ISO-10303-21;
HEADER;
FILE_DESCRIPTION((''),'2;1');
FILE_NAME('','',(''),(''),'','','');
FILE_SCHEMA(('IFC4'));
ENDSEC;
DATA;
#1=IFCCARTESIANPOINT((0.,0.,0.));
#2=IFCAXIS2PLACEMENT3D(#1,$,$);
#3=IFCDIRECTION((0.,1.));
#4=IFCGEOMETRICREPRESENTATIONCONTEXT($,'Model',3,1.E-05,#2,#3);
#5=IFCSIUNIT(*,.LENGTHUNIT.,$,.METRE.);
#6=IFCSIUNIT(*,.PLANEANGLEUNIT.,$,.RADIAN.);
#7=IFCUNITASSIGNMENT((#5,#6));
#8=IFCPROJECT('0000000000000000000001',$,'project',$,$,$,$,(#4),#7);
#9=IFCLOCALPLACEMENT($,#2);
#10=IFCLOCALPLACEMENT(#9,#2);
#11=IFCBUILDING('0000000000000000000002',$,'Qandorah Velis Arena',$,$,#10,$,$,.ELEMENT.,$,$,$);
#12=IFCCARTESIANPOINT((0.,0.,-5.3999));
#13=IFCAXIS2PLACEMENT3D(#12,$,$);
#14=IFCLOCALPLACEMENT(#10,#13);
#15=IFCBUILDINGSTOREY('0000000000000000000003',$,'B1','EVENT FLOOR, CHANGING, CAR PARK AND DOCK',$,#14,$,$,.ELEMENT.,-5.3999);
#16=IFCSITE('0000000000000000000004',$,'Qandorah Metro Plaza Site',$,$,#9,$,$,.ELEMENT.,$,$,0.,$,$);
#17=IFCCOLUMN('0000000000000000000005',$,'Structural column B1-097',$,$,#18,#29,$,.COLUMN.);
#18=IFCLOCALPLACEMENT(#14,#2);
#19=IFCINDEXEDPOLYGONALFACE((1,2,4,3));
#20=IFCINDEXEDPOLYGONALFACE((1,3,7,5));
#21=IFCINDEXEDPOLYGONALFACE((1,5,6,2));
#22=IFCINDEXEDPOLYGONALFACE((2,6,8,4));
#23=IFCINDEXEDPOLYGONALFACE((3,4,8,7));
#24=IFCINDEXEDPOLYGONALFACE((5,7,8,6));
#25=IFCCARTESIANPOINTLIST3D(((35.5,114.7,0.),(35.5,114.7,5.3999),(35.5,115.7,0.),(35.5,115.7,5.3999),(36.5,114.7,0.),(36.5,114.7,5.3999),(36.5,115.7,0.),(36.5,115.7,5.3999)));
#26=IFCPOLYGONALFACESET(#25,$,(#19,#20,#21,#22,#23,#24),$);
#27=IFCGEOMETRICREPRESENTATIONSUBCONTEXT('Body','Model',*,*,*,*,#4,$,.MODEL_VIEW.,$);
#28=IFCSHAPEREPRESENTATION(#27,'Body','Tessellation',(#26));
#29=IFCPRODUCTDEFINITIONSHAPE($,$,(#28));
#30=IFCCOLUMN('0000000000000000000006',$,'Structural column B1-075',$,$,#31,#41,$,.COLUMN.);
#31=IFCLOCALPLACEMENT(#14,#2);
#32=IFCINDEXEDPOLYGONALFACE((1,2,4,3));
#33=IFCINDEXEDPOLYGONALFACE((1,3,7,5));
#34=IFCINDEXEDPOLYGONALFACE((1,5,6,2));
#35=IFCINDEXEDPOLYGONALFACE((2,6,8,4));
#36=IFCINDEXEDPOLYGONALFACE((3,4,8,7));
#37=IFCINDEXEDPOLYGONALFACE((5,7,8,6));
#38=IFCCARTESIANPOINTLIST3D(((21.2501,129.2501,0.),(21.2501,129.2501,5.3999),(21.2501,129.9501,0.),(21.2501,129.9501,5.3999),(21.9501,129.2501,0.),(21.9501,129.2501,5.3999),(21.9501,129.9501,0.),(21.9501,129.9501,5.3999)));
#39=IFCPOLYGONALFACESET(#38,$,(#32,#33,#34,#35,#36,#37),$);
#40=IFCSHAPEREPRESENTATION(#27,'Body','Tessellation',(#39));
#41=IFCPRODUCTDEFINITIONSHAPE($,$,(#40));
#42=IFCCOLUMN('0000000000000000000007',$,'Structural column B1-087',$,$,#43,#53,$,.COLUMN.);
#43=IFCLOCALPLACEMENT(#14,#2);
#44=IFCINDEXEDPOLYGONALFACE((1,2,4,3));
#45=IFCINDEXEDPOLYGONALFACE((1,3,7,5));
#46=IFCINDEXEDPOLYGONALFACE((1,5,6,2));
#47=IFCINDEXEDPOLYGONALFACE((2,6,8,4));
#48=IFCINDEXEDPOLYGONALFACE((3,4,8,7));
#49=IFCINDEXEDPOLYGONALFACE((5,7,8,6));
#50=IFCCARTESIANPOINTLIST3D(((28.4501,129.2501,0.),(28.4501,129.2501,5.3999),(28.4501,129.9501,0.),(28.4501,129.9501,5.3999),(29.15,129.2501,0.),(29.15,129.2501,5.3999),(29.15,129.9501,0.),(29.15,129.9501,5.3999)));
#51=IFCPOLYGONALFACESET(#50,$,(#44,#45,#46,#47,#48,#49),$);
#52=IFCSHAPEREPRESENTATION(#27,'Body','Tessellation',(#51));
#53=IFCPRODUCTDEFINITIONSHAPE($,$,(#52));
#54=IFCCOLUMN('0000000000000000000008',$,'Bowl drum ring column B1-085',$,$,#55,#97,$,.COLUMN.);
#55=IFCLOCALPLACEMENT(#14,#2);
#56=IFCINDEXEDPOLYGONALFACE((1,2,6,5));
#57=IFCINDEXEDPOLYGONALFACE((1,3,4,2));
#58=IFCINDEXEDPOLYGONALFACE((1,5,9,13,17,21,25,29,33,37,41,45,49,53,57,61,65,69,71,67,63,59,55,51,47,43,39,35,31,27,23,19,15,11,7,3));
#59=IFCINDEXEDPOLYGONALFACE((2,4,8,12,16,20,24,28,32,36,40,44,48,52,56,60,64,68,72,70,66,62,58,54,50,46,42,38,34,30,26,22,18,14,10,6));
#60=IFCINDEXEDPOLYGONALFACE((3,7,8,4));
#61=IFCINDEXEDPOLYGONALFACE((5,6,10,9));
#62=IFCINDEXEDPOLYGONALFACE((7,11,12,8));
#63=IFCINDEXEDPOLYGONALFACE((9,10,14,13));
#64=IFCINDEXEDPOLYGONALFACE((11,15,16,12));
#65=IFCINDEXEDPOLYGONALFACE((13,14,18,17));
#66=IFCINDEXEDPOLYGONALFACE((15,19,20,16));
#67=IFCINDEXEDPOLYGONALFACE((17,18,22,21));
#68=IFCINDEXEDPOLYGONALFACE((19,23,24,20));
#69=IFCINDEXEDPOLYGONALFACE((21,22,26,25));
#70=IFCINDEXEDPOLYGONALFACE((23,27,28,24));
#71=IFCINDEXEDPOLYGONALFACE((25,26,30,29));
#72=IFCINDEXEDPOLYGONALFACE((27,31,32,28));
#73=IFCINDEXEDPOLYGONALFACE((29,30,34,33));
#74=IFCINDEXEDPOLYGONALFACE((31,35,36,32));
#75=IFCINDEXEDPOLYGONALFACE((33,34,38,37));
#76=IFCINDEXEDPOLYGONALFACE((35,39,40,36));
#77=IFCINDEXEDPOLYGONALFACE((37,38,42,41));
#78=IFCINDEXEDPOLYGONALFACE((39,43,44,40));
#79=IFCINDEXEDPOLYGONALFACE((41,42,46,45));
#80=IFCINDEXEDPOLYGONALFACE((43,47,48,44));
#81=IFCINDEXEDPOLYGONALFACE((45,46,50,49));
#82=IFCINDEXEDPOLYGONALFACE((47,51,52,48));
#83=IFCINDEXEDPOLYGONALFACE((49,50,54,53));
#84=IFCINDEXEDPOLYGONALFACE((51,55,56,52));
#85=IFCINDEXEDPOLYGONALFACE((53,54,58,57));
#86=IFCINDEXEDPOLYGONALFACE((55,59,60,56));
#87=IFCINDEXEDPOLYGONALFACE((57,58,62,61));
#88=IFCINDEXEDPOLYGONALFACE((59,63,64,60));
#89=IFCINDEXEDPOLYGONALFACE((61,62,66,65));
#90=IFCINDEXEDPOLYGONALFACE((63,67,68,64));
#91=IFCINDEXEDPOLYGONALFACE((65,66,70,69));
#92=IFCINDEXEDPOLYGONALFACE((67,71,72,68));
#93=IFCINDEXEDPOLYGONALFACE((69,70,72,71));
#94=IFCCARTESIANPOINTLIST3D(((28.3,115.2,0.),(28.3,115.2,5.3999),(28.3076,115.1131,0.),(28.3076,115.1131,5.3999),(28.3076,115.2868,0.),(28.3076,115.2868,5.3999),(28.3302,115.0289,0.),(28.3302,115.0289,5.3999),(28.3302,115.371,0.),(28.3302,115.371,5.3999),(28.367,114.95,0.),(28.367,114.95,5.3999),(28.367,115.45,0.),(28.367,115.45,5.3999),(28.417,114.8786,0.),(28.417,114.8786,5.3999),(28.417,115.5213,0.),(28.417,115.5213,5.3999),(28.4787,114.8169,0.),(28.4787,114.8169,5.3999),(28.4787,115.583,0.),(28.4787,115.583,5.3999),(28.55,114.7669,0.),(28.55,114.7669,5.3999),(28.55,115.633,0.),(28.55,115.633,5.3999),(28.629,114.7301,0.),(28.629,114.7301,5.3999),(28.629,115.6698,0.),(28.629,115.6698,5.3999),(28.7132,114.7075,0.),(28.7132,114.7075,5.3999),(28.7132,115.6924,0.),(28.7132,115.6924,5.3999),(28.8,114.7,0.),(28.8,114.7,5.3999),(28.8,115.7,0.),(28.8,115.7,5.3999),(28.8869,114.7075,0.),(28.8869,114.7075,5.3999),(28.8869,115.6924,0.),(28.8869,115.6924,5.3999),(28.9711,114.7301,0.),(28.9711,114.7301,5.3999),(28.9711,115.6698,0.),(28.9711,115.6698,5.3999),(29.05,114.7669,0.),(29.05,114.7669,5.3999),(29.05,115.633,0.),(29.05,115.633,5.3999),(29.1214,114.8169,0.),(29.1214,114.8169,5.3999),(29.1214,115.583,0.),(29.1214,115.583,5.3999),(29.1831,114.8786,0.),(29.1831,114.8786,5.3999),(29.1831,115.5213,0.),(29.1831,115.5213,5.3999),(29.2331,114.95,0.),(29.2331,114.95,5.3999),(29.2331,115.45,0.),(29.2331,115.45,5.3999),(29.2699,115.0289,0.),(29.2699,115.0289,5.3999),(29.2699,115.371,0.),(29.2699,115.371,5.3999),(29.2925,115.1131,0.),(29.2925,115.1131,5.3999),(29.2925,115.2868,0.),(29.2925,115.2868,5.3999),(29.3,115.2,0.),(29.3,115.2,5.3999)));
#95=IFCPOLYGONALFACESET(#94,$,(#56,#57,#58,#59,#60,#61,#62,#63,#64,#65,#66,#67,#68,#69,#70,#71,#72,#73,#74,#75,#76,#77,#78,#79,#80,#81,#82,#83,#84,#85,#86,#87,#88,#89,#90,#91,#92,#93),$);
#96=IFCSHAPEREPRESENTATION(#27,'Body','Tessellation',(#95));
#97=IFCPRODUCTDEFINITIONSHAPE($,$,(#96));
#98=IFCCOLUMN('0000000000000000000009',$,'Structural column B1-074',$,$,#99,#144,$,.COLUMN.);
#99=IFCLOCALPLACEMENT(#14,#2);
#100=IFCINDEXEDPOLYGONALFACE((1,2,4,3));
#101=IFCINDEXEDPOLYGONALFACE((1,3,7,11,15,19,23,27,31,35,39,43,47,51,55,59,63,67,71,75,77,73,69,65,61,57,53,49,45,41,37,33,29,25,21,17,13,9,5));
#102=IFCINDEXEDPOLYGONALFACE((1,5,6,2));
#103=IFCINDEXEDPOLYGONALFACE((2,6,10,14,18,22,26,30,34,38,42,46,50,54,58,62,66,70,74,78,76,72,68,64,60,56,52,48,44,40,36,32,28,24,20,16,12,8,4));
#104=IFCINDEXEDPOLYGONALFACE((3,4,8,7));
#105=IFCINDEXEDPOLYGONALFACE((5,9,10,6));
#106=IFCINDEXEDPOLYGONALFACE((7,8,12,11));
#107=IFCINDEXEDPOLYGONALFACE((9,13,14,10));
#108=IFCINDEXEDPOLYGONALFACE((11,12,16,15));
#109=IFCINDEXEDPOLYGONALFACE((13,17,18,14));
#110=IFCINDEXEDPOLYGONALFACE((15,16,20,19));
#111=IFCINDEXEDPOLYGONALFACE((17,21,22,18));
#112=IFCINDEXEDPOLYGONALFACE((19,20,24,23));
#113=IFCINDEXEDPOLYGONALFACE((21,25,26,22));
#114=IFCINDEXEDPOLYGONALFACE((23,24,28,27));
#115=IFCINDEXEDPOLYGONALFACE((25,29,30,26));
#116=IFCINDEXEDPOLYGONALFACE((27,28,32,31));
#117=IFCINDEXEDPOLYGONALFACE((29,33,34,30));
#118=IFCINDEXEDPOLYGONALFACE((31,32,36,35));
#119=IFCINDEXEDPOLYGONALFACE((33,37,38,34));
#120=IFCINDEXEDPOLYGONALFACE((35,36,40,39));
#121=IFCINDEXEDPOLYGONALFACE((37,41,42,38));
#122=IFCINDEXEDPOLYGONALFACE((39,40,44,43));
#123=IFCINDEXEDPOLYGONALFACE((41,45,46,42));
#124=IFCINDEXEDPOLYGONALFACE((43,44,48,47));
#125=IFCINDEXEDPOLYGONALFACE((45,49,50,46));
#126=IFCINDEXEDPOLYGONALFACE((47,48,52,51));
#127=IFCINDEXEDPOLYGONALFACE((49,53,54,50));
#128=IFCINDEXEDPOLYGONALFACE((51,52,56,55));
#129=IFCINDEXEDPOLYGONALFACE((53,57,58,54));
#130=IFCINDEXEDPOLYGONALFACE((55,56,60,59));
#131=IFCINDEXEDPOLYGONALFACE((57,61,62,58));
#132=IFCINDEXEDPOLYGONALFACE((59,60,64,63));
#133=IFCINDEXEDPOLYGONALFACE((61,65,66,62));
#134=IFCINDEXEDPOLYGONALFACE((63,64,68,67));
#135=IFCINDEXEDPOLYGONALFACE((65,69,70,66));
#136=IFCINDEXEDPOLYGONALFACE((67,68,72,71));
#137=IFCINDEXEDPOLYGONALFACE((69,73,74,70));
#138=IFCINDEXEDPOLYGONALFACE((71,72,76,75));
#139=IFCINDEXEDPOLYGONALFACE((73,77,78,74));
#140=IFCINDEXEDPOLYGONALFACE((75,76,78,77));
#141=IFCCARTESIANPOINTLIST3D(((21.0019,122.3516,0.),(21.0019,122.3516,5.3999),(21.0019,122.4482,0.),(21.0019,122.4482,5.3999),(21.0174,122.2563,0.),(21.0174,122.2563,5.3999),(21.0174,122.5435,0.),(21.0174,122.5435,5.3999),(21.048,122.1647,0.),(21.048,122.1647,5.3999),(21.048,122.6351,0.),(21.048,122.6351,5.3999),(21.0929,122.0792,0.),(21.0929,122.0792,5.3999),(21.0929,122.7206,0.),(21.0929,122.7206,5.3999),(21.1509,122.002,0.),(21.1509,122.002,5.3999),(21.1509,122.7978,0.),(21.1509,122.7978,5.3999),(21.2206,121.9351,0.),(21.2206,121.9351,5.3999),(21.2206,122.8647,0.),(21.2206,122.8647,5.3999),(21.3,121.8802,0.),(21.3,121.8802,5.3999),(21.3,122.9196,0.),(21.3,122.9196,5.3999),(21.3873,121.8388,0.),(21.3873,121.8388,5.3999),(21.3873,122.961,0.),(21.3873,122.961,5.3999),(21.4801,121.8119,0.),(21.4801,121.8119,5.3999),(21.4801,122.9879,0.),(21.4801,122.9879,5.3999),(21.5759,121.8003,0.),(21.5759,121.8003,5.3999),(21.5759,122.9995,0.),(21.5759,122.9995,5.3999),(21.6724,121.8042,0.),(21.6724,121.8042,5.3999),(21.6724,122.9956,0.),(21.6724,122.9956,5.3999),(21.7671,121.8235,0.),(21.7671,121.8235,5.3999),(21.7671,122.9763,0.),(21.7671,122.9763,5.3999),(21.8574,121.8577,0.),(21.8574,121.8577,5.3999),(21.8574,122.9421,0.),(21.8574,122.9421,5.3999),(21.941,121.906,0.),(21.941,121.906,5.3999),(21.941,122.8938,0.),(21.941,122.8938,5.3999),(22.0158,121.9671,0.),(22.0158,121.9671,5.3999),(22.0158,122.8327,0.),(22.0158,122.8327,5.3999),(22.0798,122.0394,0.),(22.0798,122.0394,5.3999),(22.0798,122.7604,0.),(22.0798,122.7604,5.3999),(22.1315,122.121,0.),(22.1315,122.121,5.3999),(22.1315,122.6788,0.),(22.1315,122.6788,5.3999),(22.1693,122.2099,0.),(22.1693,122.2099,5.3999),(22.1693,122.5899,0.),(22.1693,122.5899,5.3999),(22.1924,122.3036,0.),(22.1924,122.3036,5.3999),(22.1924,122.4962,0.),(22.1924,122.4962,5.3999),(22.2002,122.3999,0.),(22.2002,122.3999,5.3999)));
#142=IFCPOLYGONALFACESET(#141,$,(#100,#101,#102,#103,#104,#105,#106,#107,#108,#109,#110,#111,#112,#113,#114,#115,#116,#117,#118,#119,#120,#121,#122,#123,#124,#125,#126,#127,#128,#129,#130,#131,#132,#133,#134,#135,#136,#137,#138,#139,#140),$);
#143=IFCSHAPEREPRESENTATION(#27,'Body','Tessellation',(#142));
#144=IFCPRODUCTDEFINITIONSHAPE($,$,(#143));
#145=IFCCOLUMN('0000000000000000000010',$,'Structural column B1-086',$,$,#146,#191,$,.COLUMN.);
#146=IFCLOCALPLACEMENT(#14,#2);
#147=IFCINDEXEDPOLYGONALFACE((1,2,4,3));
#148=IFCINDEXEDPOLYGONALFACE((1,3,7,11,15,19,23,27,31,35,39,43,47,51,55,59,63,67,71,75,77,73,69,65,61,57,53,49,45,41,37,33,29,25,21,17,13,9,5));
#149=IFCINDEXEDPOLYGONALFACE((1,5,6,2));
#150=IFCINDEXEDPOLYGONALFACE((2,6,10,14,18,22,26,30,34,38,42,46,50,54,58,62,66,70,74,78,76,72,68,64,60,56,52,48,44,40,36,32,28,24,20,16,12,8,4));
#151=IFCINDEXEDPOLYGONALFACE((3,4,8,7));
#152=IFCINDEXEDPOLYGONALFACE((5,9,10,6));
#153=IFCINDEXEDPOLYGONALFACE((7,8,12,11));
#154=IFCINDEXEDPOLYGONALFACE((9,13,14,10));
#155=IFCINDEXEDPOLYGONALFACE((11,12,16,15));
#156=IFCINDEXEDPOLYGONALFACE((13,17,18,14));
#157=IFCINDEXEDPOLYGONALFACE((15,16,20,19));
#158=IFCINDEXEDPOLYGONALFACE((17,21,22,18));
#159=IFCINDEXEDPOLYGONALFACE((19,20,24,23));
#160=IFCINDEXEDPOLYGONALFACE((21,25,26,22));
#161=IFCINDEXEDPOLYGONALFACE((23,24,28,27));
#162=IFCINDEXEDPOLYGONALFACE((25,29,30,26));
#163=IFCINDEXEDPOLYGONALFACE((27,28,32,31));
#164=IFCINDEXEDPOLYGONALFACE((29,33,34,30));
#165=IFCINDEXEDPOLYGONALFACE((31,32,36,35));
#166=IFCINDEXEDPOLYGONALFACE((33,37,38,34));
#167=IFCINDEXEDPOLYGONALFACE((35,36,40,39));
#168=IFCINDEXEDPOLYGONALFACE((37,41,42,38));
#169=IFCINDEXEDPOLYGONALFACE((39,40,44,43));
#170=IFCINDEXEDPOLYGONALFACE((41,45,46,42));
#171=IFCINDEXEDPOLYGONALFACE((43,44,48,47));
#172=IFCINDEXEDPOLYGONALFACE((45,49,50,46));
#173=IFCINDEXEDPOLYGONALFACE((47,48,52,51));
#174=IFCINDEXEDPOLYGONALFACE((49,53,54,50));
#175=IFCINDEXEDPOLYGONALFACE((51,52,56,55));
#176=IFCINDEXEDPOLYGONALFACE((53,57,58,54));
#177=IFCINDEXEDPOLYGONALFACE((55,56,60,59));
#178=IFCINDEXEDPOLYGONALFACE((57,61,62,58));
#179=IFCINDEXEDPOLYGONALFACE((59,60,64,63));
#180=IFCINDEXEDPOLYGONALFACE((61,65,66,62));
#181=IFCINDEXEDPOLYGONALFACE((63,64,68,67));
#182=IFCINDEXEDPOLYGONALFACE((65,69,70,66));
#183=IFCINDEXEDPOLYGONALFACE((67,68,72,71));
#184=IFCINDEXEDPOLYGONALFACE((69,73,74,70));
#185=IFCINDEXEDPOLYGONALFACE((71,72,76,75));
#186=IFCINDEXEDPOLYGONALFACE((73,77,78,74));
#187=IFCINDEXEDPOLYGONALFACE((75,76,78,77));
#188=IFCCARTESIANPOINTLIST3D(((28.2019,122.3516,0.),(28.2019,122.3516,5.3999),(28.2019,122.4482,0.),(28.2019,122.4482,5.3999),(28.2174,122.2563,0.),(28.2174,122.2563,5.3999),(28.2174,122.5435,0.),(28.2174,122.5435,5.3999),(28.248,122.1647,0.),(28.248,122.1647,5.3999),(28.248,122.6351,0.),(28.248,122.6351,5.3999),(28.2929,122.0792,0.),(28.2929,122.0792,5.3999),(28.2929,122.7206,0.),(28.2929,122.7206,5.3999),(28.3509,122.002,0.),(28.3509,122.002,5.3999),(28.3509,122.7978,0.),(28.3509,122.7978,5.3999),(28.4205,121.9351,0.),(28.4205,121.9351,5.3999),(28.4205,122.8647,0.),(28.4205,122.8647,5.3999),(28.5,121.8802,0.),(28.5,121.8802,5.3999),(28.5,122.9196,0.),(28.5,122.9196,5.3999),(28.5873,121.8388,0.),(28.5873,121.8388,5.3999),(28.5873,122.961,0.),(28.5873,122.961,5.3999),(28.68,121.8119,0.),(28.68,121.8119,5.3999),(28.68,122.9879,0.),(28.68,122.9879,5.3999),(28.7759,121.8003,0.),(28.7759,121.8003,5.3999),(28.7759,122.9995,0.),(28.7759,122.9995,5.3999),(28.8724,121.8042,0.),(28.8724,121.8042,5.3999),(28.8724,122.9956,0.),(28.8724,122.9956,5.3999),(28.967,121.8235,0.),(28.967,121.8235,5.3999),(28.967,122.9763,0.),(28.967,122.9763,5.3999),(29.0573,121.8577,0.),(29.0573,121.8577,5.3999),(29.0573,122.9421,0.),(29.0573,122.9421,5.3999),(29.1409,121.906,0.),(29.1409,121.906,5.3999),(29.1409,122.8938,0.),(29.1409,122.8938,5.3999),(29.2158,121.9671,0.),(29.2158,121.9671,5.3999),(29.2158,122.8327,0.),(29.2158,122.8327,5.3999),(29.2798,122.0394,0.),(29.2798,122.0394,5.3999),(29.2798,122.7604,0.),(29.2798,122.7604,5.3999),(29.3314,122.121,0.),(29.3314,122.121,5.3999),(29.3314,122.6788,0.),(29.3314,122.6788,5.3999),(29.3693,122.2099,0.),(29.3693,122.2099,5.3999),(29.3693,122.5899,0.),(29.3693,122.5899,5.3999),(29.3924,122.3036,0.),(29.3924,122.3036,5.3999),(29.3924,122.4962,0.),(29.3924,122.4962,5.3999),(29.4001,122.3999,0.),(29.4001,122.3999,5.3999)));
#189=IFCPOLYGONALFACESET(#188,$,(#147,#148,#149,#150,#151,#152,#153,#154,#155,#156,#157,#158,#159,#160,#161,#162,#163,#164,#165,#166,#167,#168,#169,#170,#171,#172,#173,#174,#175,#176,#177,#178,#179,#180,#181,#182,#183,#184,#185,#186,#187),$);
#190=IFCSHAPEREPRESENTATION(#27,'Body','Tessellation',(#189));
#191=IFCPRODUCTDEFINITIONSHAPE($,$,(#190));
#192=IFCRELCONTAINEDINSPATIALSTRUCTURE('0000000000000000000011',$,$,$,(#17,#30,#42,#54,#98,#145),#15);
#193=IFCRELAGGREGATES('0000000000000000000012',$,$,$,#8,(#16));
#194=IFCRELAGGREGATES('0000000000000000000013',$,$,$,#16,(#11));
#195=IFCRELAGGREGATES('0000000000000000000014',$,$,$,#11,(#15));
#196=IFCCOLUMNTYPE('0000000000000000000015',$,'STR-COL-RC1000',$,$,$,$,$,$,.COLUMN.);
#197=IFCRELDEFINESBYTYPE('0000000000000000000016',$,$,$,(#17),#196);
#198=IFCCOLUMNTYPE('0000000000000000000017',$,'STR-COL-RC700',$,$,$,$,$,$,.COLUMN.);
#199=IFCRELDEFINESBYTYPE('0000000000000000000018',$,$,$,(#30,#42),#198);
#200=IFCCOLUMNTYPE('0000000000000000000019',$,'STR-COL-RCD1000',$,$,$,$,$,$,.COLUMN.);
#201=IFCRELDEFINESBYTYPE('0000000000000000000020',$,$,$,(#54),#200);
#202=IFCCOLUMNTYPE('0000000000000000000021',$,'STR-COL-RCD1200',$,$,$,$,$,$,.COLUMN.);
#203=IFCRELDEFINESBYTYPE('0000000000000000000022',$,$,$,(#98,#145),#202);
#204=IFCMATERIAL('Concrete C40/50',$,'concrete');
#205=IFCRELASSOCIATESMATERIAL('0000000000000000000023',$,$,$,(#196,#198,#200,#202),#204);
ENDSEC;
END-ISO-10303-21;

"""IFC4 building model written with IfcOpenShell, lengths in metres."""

from ifc_helpers import new_model, si_unit, direction, frame, origin, origin_2d, place, context, subcontext, project, spatial, rectangle, circle, extrude, material, material_profile, profile_set, type_object, element, save


model = new_model("IFC4")

# Units and contexts
model_context = context("Model", 3, precision=1e-05, world=origin(), true_north=direction((0.0, 1.0)))
body_context = subcontext(model_context, "Body", "Model", "MODEL_VIEW")
ifc_project = project(units=[si_unit("LENGTHUNIT", "METRE"), si_unit("PLANEANGLEUNIT", "RADIAN")], contexts=[model_context])

# Site, building, storey
site_placement = place(None, origin())
site = spatial("IfcSite", under=ifc_project, at=site_placement, Name="Qandorah Metro Plaza Site", CompositionType="ELEMENT", RefElevation=0.0)
building_placement = place(site_placement, origin())
building = spatial("IfcBuilding", under=site, at=building_placement, Name="Qandorah Velis Arena", CompositionType="ELEMENT")
storey_placement = place(building_placement, frame((0.0, 0.0, -5.3999)))
storey = spatial("IfcBuildingStorey", under=building, at=storey_placement, Name="B1", Description="EVENT FLOOR, CHANGING, CAR PARK AND DOCK", CompositionType="ELEMENT", Elevation=-5.3999)

# Shared definitions
ifc_material_1 = material(Name="Concrete C40/50", Category="concrete")

# Columns
ifc_material_profile_1 = material_profile(ifc_material_1, rectangle(XDim=1.0, YDim=1.0, at=origin_2d()), Name="RC COL 1000x1000")
ifc_profile_set_1 = profile_set([ifc_material_profile_1], Name="Concrete C40/50")
column_type_1 = type_object("IfcColumnType", Name="STR-COL-RC1000", PredefinedType="COLUMN", material=ifc_profile_set_1)
for number, where, z_axis, x_axis, name in (
    (1, (36.0, 115.2, 0.0), (0.0, 0.0, 1.0), (1.0, 0.0, 0.0), "Structural column B1-097"),
):
    element("IfcColumn", number, at=place(storey_placement, frame(where, z_axis=z_axis, x_axis=x_axis)), inside=storey, type_object=column_type_1, Name=name, PredefinedType="COLUMN", context=body_context, shape_type="SweptSolid", body=[
        extrude(rectangle(XDim=1.0, YDim=1.0, at=origin_2d()), origin(), (0.0, 0.0, 1.0), 5.3999),
    ])
ifc_material_profile_2 = material_profile(ifc_material_1, rectangle(XDim=0.7, YDim=0.7, at=origin_2d()), Name="RC COL 700x700")
ifc_profile_set_2 = profile_set([ifc_material_profile_2], Name="Concrete C40/50")
column_type_2 = type_object("IfcColumnType", Name="STR-COL-RC700", PredefinedType="COLUMN", material=ifc_profile_set_2)
for number, where, z_axis, x_axis, name in (
    (2, (21.6001, 129.6001, 0.0), (0.0, 0.0, 1.0), (1.0, 0.0, 0.0), "Structural column B1-075"),
    (3, (28.8, 129.6001, 0.0), (0.0, 0.0, 1.0), (1.0, 0.0, 0.0), "Structural column B1-087"),
):
    element("IfcColumn", number, at=place(storey_placement, frame(where, z_axis=z_axis, x_axis=x_axis)), inside=storey, type_object=column_type_2, Name=name, PredefinedType="COLUMN", context=body_context, shape_type="SweptSolid", body=[
        extrude(rectangle(XDim=0.7, YDim=0.7, at=origin_2d()), origin(), (0.0, 0.0, 1.0), 5.3999),
    ])
ifc_material_profile_3 = material_profile(ifc_material_1, circle(Radius=0.5, at=origin_2d()), Name="RC D1000")
ifc_profile_set_3 = profile_set([ifc_material_profile_3], Name="Concrete C40/50")
column_type_3 = type_object("IfcColumnType", Name="STR-COL-RCD1000", PredefinedType="COLUMN", material=ifc_profile_set_3)
column_placement = place(storey_placement, frame((28.8, 115.2, 0.0), z_axis=(0.0, 0.0, 1.0), x_axis=(1.0, 0.0, 0.0)))
element("IfcColumn", 4, at=column_placement, inside=storey, type_object=column_type_3, Name="Bowl drum ring column B1-085", PredefinedType="COLUMN", context=body_context, shape_type="SweptSolid", body=[
    extrude(circle(Radius=0.5, at=origin_2d()), origin(), (0.0, 0.0, 1.0), 5.3999),
])
ifc_material_profile_4 = material_profile(ifc_material_1, circle(Radius=0.6001, at=origin_2d()), Name="RC D1200")
ifc_profile_set_4 = profile_set([ifc_material_profile_4], Name="Concrete C40/50")
column_type_4 = type_object("IfcColumnType", Name="STR-COL-RCD1200", PredefinedType="COLUMN", material=ifc_profile_set_4)
for number, where, z_axis, x_axis, name in (
    (5, (21.6001, 122.3999, 0.0), (0.0, 0.0, 1.0), (1.0, 0.0, 0.0), "Structural column B1-074"),
    (6, (28.8, 122.3999, 0.0), (0.0, 0.0, 1.0), (1.0, 0.0, 0.0), "Structural column B1-086"),
):
    element("IfcColumn", number, at=place(storey_placement, frame(where, z_axis=z_axis, x_axis=x_axis)), inside=storey, type_object=column_type_4, Name=name, PredefinedType="COLUMN", context=body_context, shape_type="SweptSolid", body=[
        extrude(circle(Radius=0.6001, at=origin_2d()), origin(), (0.0, 0.0, 1.0), 5.3999),
    ])

save(model, "model.ifc")
